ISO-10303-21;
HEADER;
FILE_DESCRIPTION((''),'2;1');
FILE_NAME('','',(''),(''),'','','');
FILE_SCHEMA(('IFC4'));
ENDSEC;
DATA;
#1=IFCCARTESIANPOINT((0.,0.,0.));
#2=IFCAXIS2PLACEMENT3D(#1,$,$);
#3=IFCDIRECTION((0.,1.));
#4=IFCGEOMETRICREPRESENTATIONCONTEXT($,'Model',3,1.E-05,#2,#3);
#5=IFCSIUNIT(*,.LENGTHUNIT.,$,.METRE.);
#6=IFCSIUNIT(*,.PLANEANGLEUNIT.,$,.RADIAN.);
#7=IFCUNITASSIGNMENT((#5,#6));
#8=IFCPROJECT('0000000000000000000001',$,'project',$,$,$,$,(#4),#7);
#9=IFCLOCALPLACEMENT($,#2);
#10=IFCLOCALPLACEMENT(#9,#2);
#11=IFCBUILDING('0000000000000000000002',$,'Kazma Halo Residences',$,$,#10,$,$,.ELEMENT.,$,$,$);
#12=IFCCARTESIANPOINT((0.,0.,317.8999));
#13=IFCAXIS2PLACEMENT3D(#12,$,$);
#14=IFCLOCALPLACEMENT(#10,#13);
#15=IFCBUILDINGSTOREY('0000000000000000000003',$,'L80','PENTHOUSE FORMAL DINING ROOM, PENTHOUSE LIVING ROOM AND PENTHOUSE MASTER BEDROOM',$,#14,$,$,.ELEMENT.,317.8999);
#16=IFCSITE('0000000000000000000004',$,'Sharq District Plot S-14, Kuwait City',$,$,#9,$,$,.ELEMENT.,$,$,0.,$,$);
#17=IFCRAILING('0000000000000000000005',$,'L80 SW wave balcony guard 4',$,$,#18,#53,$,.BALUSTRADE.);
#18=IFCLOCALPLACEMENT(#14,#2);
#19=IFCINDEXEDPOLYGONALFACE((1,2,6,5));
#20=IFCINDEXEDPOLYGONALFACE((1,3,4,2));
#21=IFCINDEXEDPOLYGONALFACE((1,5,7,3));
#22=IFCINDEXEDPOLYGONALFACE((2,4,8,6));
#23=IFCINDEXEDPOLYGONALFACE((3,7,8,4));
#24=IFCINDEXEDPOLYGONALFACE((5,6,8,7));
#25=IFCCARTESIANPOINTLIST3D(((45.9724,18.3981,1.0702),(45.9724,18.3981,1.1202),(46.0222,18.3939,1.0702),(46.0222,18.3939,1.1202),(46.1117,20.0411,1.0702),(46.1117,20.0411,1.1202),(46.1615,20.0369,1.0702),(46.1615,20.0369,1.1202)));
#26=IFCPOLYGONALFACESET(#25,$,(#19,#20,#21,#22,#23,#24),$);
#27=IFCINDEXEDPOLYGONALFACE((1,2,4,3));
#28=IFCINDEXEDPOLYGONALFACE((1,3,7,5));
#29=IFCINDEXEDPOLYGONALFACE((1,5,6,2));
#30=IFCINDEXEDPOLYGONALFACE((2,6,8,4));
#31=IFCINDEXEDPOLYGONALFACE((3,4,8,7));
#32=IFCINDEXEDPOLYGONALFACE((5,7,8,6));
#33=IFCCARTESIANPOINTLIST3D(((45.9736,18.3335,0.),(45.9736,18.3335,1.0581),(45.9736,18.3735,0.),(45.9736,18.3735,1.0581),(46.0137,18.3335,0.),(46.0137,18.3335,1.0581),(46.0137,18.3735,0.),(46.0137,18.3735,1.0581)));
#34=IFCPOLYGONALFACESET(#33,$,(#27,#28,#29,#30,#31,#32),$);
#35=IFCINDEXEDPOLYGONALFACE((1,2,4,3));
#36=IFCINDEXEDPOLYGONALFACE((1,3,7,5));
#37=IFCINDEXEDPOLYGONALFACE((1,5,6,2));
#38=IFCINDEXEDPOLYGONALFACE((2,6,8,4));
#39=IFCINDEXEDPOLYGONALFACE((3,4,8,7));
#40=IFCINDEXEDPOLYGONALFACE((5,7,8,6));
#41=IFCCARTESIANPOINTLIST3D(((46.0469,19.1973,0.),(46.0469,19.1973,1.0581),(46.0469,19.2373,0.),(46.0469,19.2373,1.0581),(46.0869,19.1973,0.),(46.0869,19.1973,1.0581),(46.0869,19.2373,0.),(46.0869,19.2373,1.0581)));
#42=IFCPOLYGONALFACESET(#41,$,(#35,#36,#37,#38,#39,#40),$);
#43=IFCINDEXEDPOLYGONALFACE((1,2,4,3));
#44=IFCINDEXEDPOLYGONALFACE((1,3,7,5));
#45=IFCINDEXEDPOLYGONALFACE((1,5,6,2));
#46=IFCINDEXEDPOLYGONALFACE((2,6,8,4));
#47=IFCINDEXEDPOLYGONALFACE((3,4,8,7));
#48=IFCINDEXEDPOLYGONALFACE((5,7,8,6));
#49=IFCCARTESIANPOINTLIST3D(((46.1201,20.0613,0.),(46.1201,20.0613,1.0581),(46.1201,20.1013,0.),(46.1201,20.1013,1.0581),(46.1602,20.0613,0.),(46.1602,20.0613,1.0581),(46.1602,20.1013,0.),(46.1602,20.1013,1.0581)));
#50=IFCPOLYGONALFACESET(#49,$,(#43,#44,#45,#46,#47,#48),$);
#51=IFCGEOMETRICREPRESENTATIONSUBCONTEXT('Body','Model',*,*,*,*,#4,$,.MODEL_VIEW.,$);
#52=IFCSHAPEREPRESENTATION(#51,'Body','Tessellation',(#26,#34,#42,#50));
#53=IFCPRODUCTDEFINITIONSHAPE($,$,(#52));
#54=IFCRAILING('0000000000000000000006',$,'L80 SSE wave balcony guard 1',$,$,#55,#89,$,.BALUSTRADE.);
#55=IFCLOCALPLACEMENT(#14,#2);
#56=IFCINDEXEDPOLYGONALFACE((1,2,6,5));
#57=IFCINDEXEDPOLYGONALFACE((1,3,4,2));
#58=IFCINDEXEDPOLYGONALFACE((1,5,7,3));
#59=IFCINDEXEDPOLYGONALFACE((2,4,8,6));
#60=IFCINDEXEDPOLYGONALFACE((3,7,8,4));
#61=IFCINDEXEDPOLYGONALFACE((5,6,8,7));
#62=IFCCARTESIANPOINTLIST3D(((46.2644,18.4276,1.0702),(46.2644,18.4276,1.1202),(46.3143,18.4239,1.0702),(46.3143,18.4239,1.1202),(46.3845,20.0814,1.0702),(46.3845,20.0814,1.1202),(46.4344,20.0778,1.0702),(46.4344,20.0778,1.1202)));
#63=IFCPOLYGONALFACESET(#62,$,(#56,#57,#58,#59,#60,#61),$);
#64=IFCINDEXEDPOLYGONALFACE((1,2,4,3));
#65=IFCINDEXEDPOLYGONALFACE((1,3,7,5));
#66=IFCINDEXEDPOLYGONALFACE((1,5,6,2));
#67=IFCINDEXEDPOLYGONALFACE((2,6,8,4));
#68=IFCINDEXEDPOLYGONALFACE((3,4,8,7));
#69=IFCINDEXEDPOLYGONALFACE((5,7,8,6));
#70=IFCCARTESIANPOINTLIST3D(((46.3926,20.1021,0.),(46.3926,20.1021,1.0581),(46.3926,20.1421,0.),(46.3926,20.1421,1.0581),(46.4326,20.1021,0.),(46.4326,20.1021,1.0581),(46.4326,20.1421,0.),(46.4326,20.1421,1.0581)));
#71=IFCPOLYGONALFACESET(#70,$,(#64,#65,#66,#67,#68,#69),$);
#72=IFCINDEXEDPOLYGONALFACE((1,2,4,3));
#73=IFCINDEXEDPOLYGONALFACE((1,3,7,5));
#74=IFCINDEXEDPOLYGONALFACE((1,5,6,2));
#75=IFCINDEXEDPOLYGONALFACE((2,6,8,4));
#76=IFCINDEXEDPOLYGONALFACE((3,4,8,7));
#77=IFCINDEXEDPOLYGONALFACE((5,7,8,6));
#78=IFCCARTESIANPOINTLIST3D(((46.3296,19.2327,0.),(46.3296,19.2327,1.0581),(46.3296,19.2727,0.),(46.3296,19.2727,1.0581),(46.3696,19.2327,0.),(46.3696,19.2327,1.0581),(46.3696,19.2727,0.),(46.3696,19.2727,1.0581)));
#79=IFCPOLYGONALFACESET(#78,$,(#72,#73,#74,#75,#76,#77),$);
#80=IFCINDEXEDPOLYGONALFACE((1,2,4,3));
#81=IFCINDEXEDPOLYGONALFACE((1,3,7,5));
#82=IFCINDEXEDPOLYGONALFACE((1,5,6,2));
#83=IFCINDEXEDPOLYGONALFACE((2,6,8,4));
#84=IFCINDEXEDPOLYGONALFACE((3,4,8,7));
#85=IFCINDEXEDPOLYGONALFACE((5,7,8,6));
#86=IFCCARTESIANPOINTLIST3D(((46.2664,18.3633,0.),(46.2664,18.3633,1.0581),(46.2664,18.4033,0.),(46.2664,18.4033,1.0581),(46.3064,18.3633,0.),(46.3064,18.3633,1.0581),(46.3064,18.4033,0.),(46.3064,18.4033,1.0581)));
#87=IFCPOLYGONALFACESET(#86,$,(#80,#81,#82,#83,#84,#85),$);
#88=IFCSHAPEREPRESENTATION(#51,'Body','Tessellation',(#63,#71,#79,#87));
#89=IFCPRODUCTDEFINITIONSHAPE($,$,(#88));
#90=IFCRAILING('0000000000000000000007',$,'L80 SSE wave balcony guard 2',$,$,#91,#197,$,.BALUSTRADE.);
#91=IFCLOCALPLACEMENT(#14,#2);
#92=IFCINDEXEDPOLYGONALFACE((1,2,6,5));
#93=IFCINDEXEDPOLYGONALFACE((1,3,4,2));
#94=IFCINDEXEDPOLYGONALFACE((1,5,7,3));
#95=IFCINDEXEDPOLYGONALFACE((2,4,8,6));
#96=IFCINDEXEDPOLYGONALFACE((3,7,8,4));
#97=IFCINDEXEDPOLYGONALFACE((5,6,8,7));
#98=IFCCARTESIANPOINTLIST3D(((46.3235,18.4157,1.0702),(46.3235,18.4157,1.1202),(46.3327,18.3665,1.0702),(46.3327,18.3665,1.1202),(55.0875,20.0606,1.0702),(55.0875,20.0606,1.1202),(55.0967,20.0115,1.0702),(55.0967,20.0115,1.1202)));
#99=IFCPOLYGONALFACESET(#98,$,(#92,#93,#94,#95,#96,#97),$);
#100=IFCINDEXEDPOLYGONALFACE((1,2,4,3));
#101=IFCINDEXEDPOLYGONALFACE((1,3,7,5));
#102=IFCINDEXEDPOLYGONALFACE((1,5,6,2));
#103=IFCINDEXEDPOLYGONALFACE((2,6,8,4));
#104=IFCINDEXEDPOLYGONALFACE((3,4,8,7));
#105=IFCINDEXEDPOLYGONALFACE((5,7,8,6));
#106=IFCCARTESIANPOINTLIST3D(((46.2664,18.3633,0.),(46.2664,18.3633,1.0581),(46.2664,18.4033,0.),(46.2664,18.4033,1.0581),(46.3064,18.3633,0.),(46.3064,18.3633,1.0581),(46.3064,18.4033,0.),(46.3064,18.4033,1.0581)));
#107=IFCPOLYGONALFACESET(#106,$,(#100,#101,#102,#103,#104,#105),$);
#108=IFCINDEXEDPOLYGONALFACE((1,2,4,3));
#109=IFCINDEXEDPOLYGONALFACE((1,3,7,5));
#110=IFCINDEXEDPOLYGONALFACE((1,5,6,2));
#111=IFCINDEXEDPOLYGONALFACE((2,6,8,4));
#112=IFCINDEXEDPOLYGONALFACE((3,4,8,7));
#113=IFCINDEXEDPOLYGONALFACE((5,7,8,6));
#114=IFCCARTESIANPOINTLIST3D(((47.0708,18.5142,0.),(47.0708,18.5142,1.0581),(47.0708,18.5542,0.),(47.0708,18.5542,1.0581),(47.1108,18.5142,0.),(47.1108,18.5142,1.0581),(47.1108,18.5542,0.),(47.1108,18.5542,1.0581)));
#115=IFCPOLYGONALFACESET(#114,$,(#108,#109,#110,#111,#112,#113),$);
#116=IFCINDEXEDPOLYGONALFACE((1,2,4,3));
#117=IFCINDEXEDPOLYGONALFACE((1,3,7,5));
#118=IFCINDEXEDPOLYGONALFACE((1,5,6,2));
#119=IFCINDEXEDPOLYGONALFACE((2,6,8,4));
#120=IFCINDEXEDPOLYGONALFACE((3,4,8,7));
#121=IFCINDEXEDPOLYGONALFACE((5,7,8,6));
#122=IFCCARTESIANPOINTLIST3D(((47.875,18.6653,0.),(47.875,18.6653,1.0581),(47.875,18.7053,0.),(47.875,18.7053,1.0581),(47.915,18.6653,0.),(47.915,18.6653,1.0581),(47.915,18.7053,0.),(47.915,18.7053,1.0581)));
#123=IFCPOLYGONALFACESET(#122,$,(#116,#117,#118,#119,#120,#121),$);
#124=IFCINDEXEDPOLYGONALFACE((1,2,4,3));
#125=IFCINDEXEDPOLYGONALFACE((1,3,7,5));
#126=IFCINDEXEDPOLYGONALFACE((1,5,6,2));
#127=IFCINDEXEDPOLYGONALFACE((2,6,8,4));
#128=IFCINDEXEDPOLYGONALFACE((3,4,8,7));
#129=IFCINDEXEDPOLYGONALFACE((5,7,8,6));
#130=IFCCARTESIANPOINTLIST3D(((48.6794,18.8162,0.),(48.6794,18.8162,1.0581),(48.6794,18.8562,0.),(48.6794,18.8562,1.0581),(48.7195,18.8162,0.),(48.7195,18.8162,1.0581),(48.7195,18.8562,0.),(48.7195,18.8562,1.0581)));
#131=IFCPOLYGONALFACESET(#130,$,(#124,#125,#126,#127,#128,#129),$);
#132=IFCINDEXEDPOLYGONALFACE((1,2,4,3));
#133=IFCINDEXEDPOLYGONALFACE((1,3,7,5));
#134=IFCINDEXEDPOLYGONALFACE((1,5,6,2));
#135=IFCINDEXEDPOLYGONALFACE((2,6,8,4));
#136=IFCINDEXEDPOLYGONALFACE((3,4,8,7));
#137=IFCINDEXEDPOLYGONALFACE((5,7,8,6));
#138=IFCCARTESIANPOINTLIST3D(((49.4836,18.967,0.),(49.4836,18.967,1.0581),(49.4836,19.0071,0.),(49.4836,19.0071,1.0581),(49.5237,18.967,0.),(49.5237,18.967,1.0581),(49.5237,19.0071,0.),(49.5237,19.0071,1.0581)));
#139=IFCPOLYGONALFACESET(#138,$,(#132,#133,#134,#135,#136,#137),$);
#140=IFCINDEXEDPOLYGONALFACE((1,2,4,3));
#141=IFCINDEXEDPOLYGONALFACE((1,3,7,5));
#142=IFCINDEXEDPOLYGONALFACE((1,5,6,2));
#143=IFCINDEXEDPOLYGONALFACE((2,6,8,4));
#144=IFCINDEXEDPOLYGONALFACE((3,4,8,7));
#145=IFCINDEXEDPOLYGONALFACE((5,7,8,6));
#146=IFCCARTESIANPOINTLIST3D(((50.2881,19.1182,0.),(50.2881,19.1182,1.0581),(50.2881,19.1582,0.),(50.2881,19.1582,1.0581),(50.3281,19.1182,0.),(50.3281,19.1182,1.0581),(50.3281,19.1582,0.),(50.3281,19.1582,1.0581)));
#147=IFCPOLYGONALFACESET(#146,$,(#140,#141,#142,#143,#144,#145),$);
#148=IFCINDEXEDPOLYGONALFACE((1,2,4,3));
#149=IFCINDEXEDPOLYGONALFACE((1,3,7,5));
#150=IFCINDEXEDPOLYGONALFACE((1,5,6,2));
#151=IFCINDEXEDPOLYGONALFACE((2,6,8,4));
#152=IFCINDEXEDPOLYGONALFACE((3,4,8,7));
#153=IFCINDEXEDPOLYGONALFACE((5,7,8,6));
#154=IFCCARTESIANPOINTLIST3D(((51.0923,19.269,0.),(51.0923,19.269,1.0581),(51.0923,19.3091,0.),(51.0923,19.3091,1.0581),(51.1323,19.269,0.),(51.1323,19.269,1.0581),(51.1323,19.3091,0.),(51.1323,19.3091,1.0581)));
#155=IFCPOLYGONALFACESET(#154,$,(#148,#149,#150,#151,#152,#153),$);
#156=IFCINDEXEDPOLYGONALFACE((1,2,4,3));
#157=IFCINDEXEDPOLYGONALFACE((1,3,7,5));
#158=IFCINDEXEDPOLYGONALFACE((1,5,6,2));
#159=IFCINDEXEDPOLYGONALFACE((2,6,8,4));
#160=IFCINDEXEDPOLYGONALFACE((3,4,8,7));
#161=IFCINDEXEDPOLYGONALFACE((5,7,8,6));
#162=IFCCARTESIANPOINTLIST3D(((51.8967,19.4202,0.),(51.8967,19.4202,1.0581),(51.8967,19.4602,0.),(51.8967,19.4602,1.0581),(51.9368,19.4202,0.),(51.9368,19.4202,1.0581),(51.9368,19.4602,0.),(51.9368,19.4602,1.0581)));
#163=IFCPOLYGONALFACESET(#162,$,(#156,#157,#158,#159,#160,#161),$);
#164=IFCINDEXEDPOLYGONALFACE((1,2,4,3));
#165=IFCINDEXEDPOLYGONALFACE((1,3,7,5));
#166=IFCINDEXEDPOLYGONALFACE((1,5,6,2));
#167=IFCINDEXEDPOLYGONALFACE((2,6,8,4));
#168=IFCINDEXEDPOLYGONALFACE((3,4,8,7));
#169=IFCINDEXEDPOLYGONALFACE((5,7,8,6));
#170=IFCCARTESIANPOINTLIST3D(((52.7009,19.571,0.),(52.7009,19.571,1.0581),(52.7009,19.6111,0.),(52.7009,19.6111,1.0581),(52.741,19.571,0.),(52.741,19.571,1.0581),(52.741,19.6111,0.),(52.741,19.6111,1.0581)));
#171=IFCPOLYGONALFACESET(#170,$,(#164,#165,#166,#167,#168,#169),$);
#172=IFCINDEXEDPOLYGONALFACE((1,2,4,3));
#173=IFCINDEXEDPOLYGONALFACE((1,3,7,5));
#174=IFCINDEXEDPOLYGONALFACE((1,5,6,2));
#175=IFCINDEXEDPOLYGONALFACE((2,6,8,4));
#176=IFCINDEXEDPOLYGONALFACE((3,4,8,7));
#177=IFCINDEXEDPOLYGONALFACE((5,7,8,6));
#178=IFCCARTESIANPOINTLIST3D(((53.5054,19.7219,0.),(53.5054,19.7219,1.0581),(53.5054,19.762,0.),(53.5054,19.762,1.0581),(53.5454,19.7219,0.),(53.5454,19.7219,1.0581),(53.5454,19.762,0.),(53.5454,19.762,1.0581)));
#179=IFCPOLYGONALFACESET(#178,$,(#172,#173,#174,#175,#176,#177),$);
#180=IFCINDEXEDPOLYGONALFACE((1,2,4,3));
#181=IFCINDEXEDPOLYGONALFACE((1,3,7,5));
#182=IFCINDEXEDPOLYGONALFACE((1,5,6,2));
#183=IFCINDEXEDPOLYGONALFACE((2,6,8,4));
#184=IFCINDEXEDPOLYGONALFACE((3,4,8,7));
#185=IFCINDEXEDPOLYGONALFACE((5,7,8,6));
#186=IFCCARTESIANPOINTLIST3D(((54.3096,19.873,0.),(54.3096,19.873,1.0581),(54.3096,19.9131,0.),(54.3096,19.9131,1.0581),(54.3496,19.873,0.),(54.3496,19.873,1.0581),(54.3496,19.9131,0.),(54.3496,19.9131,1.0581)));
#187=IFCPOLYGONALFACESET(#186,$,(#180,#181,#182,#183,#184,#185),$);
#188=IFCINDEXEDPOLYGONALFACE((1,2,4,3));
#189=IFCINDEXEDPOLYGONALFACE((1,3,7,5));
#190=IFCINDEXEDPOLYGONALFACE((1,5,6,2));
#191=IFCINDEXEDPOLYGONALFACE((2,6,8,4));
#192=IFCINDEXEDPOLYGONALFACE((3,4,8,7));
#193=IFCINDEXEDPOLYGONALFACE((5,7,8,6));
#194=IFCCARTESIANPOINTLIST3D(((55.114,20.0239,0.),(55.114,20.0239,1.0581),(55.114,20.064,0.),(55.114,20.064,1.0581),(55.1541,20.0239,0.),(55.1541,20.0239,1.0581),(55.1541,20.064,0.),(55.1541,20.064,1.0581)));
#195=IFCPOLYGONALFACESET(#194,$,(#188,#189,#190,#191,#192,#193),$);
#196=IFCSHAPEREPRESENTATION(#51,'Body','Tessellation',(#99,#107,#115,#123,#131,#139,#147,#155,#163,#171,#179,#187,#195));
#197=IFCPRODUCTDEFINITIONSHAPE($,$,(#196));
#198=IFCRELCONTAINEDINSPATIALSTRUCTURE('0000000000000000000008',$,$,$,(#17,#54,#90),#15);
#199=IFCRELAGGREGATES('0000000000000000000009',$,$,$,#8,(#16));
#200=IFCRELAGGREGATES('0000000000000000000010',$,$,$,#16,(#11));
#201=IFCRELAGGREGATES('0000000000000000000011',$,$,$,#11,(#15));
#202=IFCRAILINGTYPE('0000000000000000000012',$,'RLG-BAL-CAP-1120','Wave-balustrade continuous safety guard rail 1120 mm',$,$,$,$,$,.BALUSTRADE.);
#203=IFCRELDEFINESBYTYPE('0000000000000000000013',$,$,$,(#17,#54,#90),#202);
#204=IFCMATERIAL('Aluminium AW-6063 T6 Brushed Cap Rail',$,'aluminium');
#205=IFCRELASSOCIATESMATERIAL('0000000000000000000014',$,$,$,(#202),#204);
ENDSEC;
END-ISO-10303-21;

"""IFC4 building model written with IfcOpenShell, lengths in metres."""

from ifc_helpers import new_model, si_unit, direction, frame, origin, origin_2d, place, context, subcontext, project, spatial, rectangle, extrude, material, type_object, element, save


model = new_model("IFC4")

# Units and contexts
model_context = context("Model", 3, precision=1e-05, world=origin(), true_north=direction((0.0, 1.0)))
body_context = subcontext(model_context, "Body", "Model", "MODEL_VIEW")
ifc_project = project(units=[si_unit("LENGTHUNIT", "METRE"), si_unit("PLANEANGLEUNIT", "RADIAN")], contexts=[model_context])

# Site, building, storey
site_placement = place(None, origin())
site = spatial("IfcSite", under=ifc_project, at=site_placement, Name="Sharq District Plot S-14, Kuwait City", CompositionType="ELEMENT", RefElevation=0.0)
building_placement = place(site_placement, origin())
building = spatial("IfcBuilding", under=site, at=building_placement, Name="Kazma Halo Residences", CompositionType="ELEMENT")
storey_placement = place(building_placement, frame((0.0, 0.0, 317.8999)))
storey = spatial("IfcBuildingStorey", under=building, at=storey_placement, Name="L80", Description="PENTHOUSE FORMAL DINING ROOM, PENTHOUSE LIVING ROOM AND PENTHOUSE MASTER BEDROOM", CompositionType="ELEMENT", Elevation=317.8999)

# Railings
ifc_material_1 = material(Name="Aluminium AW-6063 T6 Brushed Cap Rail", Category="aluminium")
railing_type = type_object("IfcRailingType", Name="RLG-BAL-CAP-1120", Description="Wave-balustrade continuous safety guard rail 1120 mm", PredefinedType="BALUSTRADE", material=ifc_material_1)
railing_1_placement = place(storey_placement, frame((45.9937, 18.3535, 0.0)))
element("IfcRailing", 1, at=railing_1_placement, inside=storey, type_object=railing_type, Name="L80 SW wave balcony guard 4", PredefinedType="BALUSTRADE", context=body_context, shape_type="SweptSolid", body=[
    extrude(rectangle(XDim=0.05, YDim=0.05, at=origin_2d()), frame((0.0037, 0.0425, 1.0952), z_axis=(0.084479, 0.996425, 0.0), x_axis=(-0.996425, 0.084479, 0.0)), (0.0, 0.0, 1.0), 1.6489),
    extrude(rectangle(XDim=0.04, YDim=0.04, at=origin_2d()), origin(), (0.0, 0.0, 1.0), 1.0581),
    extrude(rectangle(XDim=0.04, YDim=0.04, at=origin_2d()), frame((0.0732, 0.8638, 0.0)), (0.0, 0.0, 1.0), 1.0581),
    extrude(rectangle(XDim=0.04, YDim=0.04, at=origin_2d()), frame((0.1465, 1.7278, 0.0)), (0.0, 0.0, 1.0), 1.0581),
])
railing_2_placement = place(storey_placement, frame((46.4126, 20.1221, 0.0)))
element("IfcRailing", 2, at=railing_2_placement, inside=storey, type_object=railing_type, Name="L80 SSE wave balcony guard 1", PredefinedType="BALUSTRADE", context=body_context, shape_type="SweptSolid", body=[
    extrude(rectangle(XDim=0.05, YDim=0.05, at=origin_2d()), frame((-0.0032, -0.0425, 1.0952), z_axis=(-0.072401, -0.997376, 0.0), x_axis=(0.997376, -0.072401, 0.0)), (0.0, 0.0, 1.0), 1.6582),
    extrude(rectangle(XDim=0.04, YDim=0.04, at=origin_2d()), origin(), (0.0, 0.0, 1.0), 1.0581),
    extrude(rectangle(XDim=0.04, YDim=0.04, at=origin_2d()), frame((-0.063, -0.8694, 0.0)), (0.0, 0.0, 1.0), 1.0581),
    extrude(rectangle(XDim=0.04, YDim=0.04, at=origin_2d()), frame((-0.1262, -1.7388, 0.0)), (0.0, 0.0, 1.0), 1.0581),
])
railing_3_placement = place(storey_placement, frame((46.2864, 18.3833, 0.0)))
element("IfcRailing", 3, at=railing_3_placement, inside=storey, type_object=railing_type, Name="L80 SSE wave balcony guard 2", PredefinedType="BALUSTRADE", context=body_context, shape_type="SweptSolid", body=[
    extrude(rectangle(XDim=0.05, YDim=0.05, at=origin_2d()), frame((0.0417, 0.0078, 1.0952), z_axis=(0.982838, 0.184472, 0.0), x_axis=(-0.184472, 0.982838, 0.0)), (0.0, 0.0, 1.0), 8.917),
    extrude(rectangle(XDim=0.04, YDim=0.04, at=origin_2d()), origin(), (0.0, 0.0, 1.0), 1.0581),
    extrude(rectangle(XDim=0.04, YDim=0.04, at=origin_2d()), frame((0.8044, 0.1509, 0.0)), (0.0, 0.0, 1.0), 1.0581),
    extrude(rectangle(XDim=0.04, YDim=0.04, at=origin_2d()), frame((1.6086, 0.302, 0.0)), (0.0, 0.0, 1.0), 1.0581),
    extrude(rectangle(XDim=0.04, YDim=0.04, at=origin_2d()), frame((2.4131, 0.4529, 0.0)), (0.0, 0.0, 1.0), 1.0581),
    extrude(rectangle(XDim=0.04, YDim=0.04, at=origin_2d()), frame((3.2173, 0.6038, 0.0)), (0.0, 0.0, 1.0), 1.0581),
    extrude(rectangle(XDim=0.04, YDim=0.04, at=origin_2d()), frame((4.0217, 0.7549, 0.0)), (0.0, 0.0, 1.0), 1.0581),
    extrude(rectangle(XDim=0.04, YDim=0.04, at=origin_2d()), frame((4.8259, 0.9058, 0.0)), (0.0, 0.0, 1.0), 1.0581),
    extrude(rectangle(XDim=0.04, YDim=0.04, at=origin_2d()), frame((5.6304, 1.0569, 0.0)), (0.0, 0.0, 1.0), 1.0581),
    extrude(rectangle(XDim=0.04, YDim=0.04, at=origin_2d()), frame((6.4346, 1.2078, 0.0)), (0.0, 0.0, 1.0), 1.0581),
    extrude(rectangle(XDim=0.04, YDim=0.04, at=origin_2d()), frame((7.239, 1.3586, 0.0)), (0.0, 0.0, 1.0), 1.0581),
    extrude(rectangle(XDim=0.04, YDim=0.04, at=origin_2d()), frame((8.0432, 1.5098, 0.0)), (0.0, 0.0, 1.0), 1.0581),
    extrude(rectangle(XDim=0.04, YDim=0.04, at=origin_2d()), frame((8.8477, 1.6606, 0.0)), (0.0, 0.0, 1.0), 1.0581),
])

save(model, "model.ifc")
